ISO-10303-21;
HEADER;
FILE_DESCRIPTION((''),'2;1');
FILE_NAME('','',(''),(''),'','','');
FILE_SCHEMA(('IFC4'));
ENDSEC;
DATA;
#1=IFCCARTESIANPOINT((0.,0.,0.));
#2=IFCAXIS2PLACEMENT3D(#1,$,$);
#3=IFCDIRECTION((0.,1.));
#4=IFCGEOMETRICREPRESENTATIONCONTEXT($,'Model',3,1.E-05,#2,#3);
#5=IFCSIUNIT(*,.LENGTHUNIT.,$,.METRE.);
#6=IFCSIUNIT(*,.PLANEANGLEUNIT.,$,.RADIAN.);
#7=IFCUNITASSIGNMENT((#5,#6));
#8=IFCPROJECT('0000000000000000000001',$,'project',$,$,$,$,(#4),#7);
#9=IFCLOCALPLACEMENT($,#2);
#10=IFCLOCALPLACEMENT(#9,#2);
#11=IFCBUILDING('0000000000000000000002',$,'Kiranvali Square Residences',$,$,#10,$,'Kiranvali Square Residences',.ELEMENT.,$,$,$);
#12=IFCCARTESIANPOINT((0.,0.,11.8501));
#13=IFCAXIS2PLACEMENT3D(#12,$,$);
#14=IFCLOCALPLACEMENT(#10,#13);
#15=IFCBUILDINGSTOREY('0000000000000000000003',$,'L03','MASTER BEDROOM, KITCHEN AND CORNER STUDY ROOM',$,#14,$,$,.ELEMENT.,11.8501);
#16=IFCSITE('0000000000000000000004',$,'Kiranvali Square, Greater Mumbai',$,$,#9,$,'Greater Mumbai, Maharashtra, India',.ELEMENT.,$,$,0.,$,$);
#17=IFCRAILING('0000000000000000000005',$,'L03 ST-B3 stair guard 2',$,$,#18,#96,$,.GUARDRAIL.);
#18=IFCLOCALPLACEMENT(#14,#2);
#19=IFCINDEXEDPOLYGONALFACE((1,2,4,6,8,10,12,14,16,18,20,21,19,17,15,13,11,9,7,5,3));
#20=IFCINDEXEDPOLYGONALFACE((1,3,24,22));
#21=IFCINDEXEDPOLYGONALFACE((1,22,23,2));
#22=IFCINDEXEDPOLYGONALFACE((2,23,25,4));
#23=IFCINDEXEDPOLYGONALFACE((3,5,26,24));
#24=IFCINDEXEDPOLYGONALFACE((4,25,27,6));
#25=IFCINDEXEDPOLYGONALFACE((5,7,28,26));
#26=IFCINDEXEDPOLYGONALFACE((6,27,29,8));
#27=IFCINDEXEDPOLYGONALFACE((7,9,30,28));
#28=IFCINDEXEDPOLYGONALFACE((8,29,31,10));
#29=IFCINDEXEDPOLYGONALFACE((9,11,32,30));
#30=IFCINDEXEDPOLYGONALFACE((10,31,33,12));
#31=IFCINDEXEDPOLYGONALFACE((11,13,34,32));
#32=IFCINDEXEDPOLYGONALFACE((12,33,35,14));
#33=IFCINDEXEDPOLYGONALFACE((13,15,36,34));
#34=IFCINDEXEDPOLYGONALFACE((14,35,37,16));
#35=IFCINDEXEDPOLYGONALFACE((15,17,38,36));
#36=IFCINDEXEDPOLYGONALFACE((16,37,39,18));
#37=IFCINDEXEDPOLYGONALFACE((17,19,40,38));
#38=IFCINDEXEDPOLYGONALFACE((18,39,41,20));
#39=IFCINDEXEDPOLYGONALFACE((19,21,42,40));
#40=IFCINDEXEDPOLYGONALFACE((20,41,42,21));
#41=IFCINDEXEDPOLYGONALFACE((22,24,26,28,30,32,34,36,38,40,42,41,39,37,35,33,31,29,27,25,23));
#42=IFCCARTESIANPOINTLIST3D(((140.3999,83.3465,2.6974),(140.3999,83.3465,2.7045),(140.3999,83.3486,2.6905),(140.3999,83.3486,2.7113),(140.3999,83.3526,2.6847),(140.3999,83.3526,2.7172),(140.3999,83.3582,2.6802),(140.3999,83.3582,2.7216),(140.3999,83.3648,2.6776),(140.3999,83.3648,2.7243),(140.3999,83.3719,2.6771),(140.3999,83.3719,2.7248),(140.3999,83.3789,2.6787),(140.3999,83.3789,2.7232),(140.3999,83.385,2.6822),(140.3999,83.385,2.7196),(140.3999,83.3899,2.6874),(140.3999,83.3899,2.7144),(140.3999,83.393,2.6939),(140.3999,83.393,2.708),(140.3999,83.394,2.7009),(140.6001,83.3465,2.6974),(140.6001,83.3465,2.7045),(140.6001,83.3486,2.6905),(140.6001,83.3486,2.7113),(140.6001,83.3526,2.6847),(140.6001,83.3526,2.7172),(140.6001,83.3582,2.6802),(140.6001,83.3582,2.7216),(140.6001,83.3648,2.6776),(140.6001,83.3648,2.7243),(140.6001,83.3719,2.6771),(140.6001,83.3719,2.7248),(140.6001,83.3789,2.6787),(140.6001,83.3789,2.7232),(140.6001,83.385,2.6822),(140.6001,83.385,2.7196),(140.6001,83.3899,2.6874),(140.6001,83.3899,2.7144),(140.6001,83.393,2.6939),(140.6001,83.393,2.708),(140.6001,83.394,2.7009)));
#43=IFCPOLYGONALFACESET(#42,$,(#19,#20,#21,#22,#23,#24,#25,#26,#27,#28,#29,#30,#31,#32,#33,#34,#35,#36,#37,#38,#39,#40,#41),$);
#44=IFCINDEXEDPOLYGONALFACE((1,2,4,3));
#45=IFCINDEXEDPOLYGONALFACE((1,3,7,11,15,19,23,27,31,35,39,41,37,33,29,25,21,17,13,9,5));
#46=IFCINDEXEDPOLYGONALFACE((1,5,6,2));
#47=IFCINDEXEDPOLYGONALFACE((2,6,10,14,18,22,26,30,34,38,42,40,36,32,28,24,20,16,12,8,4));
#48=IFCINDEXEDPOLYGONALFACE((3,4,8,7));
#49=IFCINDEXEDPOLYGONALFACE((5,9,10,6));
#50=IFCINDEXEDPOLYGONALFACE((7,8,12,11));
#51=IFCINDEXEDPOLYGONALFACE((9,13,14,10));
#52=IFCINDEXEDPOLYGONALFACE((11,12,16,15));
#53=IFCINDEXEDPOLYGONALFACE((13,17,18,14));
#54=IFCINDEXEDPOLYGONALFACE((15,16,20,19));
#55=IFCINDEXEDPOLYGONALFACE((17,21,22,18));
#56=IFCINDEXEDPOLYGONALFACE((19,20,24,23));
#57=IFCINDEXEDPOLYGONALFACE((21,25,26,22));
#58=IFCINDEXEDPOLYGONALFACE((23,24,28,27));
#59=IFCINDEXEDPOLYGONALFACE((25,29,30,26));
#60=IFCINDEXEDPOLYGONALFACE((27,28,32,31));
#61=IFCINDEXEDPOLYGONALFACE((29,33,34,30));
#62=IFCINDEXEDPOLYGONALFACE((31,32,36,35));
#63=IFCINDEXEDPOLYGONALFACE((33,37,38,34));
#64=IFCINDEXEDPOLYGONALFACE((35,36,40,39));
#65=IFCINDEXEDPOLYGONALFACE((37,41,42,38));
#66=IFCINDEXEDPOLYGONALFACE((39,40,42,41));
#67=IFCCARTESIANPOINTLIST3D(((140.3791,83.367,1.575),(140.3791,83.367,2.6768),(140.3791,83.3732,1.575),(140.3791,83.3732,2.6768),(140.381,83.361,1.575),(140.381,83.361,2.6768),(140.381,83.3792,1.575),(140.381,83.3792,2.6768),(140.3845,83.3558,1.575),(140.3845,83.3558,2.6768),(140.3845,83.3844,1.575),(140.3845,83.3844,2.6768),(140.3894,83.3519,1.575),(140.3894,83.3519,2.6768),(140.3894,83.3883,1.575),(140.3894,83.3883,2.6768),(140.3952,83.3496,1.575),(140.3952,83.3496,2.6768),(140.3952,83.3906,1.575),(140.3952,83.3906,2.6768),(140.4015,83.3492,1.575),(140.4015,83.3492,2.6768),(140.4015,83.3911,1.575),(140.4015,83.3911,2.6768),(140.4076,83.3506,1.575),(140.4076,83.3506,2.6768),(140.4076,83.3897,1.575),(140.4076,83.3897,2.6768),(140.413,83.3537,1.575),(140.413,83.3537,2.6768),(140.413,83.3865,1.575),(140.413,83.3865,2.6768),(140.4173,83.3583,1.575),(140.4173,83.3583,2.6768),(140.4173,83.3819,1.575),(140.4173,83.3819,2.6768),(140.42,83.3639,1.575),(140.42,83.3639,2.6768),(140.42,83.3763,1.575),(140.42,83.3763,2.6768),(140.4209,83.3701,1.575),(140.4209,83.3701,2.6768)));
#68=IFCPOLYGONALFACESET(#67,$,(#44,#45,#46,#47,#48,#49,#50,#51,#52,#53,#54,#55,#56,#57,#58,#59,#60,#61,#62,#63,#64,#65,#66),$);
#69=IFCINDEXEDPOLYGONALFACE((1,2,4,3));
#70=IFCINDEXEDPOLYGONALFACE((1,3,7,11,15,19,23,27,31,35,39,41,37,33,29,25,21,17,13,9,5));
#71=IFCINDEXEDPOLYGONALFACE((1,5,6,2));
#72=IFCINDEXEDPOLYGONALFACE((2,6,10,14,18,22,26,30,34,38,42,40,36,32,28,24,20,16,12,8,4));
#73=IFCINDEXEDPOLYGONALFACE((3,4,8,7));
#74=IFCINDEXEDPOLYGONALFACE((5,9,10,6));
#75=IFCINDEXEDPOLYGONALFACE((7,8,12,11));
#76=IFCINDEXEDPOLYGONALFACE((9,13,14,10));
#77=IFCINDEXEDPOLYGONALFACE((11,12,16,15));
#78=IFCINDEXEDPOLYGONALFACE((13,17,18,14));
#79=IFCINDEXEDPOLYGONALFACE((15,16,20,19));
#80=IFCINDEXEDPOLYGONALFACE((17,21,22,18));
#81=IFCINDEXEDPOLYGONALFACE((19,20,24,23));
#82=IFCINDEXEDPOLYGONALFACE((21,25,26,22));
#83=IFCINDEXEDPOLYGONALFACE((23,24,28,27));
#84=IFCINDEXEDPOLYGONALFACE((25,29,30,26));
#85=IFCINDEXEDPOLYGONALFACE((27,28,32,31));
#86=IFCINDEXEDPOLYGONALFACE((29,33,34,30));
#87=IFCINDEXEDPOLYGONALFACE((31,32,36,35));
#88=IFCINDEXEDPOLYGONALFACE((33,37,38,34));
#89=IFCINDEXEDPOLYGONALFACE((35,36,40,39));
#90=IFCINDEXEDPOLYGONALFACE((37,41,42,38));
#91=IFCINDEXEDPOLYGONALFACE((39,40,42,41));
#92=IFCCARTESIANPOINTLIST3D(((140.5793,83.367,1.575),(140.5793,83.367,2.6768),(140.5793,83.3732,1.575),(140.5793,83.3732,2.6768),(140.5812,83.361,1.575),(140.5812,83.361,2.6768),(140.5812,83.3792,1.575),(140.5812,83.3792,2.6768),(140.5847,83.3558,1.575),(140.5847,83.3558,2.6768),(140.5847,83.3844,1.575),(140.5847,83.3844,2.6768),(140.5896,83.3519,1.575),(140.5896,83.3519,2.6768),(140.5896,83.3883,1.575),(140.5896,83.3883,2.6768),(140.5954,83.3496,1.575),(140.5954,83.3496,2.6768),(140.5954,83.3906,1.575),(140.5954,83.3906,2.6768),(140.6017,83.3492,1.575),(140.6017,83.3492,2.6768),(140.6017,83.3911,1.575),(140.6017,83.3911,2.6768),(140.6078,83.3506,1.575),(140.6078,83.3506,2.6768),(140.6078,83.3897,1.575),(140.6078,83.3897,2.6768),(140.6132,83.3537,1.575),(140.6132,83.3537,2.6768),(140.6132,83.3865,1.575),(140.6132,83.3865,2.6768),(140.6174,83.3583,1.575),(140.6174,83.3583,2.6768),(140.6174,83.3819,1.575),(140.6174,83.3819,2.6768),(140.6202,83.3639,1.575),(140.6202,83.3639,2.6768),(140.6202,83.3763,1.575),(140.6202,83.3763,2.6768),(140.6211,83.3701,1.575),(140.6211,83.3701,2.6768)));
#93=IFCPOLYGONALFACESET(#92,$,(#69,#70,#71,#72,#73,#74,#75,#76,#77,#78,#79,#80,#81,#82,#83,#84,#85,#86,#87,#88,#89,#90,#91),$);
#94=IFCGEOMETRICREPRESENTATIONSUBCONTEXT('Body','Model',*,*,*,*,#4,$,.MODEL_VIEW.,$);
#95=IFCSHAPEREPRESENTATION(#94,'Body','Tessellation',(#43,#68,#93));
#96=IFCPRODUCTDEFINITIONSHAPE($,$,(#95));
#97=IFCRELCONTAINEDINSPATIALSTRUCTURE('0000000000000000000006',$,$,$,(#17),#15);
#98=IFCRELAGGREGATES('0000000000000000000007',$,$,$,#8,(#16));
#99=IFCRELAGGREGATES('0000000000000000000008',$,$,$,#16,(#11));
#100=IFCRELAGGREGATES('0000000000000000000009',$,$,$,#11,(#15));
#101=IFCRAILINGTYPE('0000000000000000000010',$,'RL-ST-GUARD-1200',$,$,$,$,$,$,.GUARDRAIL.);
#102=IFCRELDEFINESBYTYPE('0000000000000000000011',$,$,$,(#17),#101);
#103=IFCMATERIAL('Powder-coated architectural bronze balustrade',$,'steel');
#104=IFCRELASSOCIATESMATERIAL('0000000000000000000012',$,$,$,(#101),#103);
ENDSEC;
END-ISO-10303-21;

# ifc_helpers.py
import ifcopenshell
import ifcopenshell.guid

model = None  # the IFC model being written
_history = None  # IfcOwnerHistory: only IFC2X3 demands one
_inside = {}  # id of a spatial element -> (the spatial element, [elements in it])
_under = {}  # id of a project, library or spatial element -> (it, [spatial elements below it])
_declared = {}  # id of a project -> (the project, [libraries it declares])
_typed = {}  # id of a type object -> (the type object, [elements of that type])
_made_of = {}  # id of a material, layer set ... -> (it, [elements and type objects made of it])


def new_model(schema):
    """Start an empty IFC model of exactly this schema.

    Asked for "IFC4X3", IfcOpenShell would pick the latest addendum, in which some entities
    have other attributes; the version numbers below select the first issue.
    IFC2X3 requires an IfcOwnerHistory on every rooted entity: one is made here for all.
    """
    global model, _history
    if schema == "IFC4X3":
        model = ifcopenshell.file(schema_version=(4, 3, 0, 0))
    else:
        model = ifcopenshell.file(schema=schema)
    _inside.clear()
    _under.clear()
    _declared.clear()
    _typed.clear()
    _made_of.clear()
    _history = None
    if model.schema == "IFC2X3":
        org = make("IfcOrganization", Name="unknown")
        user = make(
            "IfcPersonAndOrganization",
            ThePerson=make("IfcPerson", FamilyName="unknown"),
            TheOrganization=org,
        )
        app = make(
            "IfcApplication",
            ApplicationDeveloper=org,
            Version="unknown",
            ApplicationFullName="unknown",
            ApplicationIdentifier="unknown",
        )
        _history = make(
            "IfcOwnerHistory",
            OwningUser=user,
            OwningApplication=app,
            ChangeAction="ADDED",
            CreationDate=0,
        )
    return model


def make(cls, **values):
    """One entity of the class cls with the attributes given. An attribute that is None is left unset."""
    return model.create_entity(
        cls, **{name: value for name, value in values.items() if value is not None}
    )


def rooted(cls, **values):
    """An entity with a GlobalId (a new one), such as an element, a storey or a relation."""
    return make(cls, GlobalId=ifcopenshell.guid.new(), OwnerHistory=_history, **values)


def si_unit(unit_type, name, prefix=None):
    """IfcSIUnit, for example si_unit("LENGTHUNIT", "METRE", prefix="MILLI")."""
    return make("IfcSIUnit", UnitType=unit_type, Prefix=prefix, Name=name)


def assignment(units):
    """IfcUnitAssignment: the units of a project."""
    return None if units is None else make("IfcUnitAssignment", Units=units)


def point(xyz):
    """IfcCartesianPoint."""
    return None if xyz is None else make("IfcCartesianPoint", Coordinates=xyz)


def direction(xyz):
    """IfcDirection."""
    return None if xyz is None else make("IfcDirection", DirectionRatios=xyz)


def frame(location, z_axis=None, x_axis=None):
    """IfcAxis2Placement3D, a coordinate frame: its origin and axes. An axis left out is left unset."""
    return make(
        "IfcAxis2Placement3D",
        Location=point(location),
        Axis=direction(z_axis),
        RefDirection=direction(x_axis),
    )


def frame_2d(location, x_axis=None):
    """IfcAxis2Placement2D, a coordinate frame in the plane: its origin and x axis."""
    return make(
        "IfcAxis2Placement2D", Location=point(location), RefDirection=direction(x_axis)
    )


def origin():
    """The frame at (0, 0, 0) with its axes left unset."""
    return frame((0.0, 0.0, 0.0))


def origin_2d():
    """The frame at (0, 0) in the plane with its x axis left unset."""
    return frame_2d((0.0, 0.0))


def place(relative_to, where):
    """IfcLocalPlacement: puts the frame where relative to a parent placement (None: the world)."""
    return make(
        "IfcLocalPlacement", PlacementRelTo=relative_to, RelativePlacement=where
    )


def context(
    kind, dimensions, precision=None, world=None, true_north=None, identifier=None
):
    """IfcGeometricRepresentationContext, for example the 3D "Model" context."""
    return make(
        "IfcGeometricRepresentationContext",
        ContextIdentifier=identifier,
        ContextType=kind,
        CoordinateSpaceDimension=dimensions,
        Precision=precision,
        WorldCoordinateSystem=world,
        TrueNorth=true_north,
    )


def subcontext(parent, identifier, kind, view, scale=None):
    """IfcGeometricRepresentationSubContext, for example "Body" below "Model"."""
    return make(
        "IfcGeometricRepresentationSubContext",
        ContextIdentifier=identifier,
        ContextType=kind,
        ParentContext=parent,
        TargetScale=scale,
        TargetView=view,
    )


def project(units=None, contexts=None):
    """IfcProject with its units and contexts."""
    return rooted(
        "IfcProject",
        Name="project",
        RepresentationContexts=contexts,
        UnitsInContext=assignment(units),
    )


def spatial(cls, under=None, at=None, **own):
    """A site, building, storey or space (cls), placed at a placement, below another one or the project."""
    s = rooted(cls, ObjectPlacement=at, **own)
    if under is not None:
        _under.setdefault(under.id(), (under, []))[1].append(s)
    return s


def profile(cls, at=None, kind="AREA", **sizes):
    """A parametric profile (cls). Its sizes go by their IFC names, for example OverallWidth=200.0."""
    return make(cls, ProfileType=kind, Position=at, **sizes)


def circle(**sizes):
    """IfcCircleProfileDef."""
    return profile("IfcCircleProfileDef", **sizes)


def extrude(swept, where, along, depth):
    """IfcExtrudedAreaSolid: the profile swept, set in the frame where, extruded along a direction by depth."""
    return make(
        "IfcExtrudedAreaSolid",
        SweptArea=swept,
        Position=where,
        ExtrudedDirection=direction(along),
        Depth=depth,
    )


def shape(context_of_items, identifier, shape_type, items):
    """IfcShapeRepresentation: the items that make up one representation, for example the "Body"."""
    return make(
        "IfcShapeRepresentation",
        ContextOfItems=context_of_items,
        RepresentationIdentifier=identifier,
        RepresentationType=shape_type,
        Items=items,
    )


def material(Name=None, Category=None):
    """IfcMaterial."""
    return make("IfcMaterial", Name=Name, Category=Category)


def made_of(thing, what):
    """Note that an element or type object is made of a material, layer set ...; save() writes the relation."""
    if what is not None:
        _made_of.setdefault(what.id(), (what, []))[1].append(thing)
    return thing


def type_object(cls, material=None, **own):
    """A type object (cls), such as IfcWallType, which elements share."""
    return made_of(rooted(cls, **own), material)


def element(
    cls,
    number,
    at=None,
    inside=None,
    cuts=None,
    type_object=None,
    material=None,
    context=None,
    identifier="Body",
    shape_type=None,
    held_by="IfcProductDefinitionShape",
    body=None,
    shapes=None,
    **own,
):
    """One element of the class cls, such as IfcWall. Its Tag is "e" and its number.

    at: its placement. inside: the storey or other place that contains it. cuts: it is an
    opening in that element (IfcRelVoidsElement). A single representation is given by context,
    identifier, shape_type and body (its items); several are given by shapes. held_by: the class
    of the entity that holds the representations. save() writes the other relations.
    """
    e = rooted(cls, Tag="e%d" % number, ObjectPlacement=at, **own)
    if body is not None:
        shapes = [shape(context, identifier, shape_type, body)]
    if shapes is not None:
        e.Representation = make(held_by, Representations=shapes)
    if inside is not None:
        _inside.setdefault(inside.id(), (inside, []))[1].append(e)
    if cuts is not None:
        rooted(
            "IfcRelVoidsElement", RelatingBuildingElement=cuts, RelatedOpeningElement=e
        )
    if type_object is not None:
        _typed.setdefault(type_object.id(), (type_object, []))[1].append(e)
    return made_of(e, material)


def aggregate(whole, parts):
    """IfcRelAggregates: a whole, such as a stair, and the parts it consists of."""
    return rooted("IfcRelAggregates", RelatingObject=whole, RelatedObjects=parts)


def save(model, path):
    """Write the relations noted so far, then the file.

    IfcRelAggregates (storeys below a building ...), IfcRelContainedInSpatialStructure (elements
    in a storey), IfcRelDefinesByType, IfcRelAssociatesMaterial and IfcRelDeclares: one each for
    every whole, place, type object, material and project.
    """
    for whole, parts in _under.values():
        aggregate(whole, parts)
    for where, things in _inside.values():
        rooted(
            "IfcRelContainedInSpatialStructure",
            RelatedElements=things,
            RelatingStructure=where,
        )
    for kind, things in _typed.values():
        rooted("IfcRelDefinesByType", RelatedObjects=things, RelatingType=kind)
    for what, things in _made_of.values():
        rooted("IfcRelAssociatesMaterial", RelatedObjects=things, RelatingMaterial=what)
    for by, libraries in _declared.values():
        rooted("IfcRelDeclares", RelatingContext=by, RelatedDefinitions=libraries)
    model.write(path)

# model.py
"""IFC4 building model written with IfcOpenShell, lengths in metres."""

from ifc_helpers import new_model, si_unit, direction, frame, origin, origin_2d, place, context, subcontext, project, spatial, circle, extrude, material, type_object, element, save


model = new_model("IFC4")

# Units and contexts
model_context = context("Model", 3, precision=1e-05, world=origin(), true_north=direction((0.0, 1.0)))
body_context = subcontext(model_context, "Body", "Model", "MODEL_VIEW")
ifc_project = project(units=[si_unit("LENGTHUNIT", "METRE"), si_unit("PLANEANGLEUNIT", "RADIAN")], contexts=[model_context])

# Site, building, storey
site_placement = place(None, origin())
site = spatial("IfcSite", under=ifc_project, at=site_placement, Name="Kiranvali Square, Greater Mumbai", LongName="Greater Mumbai, Maharashtra, India", CompositionType="ELEMENT", RefElevation=0.0)
building_placement = place(site_placement, origin())
building = spatial("IfcBuilding", under=site, at=building_placement, Name="Kiranvali Square Residences", LongName="Kiranvali Square Residences", CompositionType="ELEMENT")
storey_placement = place(building_placement, frame((0.0, 0.0, 11.8501)))
storey = spatial("IfcBuildingStorey", under=building, at=storey_placement, Name="L03", Description="MASTER BEDROOM, KITCHEN AND CORNER STUDY ROOM", CompositionType="ELEMENT", Elevation=11.8501)

# Railing
ifc_material_1 = material(Name="Powder-coated architectural bronze balustrade", Category="steel")
railing_type_1 = type_object("IfcRailingType", Name="RL-ST-GUARD-1200", PredefinedType="GUARDRAIL", material=ifc_material_1)
railing_1_placement = place(storey_placement, frame((140.3999, 83.3701, 1.575)))
element("IfcRailing", 1, at=railing_1_placement, inside=storey, type_object=railing_type_1, Name="L03 ST-B3 stair guard 2", PredefinedType="GUARDRAIL", context=body_context, shape_type="SweptSolid", body=[
    extrude(circle(Radius=0.0239, at=origin_2d()), frame((0.0, 0.0, 1.126), z_axis=(1.0, 0.0, 0.0), x_axis=(0.0, 1.0, 0.0)), (0.0, 0.0, 1.0), 0.2002),
    extrude(circle(Radius=0.021, at=origin_2d()), origin(), (0.0, 0.0, 1.0), 1.1018),
    extrude(circle(Radius=0.021, at=origin_2d()), frame((0.2002, 0.0, 0.0)), (0.0, 0.0, 1.0), 1.1018),
])

save(model, "model.ifc")
